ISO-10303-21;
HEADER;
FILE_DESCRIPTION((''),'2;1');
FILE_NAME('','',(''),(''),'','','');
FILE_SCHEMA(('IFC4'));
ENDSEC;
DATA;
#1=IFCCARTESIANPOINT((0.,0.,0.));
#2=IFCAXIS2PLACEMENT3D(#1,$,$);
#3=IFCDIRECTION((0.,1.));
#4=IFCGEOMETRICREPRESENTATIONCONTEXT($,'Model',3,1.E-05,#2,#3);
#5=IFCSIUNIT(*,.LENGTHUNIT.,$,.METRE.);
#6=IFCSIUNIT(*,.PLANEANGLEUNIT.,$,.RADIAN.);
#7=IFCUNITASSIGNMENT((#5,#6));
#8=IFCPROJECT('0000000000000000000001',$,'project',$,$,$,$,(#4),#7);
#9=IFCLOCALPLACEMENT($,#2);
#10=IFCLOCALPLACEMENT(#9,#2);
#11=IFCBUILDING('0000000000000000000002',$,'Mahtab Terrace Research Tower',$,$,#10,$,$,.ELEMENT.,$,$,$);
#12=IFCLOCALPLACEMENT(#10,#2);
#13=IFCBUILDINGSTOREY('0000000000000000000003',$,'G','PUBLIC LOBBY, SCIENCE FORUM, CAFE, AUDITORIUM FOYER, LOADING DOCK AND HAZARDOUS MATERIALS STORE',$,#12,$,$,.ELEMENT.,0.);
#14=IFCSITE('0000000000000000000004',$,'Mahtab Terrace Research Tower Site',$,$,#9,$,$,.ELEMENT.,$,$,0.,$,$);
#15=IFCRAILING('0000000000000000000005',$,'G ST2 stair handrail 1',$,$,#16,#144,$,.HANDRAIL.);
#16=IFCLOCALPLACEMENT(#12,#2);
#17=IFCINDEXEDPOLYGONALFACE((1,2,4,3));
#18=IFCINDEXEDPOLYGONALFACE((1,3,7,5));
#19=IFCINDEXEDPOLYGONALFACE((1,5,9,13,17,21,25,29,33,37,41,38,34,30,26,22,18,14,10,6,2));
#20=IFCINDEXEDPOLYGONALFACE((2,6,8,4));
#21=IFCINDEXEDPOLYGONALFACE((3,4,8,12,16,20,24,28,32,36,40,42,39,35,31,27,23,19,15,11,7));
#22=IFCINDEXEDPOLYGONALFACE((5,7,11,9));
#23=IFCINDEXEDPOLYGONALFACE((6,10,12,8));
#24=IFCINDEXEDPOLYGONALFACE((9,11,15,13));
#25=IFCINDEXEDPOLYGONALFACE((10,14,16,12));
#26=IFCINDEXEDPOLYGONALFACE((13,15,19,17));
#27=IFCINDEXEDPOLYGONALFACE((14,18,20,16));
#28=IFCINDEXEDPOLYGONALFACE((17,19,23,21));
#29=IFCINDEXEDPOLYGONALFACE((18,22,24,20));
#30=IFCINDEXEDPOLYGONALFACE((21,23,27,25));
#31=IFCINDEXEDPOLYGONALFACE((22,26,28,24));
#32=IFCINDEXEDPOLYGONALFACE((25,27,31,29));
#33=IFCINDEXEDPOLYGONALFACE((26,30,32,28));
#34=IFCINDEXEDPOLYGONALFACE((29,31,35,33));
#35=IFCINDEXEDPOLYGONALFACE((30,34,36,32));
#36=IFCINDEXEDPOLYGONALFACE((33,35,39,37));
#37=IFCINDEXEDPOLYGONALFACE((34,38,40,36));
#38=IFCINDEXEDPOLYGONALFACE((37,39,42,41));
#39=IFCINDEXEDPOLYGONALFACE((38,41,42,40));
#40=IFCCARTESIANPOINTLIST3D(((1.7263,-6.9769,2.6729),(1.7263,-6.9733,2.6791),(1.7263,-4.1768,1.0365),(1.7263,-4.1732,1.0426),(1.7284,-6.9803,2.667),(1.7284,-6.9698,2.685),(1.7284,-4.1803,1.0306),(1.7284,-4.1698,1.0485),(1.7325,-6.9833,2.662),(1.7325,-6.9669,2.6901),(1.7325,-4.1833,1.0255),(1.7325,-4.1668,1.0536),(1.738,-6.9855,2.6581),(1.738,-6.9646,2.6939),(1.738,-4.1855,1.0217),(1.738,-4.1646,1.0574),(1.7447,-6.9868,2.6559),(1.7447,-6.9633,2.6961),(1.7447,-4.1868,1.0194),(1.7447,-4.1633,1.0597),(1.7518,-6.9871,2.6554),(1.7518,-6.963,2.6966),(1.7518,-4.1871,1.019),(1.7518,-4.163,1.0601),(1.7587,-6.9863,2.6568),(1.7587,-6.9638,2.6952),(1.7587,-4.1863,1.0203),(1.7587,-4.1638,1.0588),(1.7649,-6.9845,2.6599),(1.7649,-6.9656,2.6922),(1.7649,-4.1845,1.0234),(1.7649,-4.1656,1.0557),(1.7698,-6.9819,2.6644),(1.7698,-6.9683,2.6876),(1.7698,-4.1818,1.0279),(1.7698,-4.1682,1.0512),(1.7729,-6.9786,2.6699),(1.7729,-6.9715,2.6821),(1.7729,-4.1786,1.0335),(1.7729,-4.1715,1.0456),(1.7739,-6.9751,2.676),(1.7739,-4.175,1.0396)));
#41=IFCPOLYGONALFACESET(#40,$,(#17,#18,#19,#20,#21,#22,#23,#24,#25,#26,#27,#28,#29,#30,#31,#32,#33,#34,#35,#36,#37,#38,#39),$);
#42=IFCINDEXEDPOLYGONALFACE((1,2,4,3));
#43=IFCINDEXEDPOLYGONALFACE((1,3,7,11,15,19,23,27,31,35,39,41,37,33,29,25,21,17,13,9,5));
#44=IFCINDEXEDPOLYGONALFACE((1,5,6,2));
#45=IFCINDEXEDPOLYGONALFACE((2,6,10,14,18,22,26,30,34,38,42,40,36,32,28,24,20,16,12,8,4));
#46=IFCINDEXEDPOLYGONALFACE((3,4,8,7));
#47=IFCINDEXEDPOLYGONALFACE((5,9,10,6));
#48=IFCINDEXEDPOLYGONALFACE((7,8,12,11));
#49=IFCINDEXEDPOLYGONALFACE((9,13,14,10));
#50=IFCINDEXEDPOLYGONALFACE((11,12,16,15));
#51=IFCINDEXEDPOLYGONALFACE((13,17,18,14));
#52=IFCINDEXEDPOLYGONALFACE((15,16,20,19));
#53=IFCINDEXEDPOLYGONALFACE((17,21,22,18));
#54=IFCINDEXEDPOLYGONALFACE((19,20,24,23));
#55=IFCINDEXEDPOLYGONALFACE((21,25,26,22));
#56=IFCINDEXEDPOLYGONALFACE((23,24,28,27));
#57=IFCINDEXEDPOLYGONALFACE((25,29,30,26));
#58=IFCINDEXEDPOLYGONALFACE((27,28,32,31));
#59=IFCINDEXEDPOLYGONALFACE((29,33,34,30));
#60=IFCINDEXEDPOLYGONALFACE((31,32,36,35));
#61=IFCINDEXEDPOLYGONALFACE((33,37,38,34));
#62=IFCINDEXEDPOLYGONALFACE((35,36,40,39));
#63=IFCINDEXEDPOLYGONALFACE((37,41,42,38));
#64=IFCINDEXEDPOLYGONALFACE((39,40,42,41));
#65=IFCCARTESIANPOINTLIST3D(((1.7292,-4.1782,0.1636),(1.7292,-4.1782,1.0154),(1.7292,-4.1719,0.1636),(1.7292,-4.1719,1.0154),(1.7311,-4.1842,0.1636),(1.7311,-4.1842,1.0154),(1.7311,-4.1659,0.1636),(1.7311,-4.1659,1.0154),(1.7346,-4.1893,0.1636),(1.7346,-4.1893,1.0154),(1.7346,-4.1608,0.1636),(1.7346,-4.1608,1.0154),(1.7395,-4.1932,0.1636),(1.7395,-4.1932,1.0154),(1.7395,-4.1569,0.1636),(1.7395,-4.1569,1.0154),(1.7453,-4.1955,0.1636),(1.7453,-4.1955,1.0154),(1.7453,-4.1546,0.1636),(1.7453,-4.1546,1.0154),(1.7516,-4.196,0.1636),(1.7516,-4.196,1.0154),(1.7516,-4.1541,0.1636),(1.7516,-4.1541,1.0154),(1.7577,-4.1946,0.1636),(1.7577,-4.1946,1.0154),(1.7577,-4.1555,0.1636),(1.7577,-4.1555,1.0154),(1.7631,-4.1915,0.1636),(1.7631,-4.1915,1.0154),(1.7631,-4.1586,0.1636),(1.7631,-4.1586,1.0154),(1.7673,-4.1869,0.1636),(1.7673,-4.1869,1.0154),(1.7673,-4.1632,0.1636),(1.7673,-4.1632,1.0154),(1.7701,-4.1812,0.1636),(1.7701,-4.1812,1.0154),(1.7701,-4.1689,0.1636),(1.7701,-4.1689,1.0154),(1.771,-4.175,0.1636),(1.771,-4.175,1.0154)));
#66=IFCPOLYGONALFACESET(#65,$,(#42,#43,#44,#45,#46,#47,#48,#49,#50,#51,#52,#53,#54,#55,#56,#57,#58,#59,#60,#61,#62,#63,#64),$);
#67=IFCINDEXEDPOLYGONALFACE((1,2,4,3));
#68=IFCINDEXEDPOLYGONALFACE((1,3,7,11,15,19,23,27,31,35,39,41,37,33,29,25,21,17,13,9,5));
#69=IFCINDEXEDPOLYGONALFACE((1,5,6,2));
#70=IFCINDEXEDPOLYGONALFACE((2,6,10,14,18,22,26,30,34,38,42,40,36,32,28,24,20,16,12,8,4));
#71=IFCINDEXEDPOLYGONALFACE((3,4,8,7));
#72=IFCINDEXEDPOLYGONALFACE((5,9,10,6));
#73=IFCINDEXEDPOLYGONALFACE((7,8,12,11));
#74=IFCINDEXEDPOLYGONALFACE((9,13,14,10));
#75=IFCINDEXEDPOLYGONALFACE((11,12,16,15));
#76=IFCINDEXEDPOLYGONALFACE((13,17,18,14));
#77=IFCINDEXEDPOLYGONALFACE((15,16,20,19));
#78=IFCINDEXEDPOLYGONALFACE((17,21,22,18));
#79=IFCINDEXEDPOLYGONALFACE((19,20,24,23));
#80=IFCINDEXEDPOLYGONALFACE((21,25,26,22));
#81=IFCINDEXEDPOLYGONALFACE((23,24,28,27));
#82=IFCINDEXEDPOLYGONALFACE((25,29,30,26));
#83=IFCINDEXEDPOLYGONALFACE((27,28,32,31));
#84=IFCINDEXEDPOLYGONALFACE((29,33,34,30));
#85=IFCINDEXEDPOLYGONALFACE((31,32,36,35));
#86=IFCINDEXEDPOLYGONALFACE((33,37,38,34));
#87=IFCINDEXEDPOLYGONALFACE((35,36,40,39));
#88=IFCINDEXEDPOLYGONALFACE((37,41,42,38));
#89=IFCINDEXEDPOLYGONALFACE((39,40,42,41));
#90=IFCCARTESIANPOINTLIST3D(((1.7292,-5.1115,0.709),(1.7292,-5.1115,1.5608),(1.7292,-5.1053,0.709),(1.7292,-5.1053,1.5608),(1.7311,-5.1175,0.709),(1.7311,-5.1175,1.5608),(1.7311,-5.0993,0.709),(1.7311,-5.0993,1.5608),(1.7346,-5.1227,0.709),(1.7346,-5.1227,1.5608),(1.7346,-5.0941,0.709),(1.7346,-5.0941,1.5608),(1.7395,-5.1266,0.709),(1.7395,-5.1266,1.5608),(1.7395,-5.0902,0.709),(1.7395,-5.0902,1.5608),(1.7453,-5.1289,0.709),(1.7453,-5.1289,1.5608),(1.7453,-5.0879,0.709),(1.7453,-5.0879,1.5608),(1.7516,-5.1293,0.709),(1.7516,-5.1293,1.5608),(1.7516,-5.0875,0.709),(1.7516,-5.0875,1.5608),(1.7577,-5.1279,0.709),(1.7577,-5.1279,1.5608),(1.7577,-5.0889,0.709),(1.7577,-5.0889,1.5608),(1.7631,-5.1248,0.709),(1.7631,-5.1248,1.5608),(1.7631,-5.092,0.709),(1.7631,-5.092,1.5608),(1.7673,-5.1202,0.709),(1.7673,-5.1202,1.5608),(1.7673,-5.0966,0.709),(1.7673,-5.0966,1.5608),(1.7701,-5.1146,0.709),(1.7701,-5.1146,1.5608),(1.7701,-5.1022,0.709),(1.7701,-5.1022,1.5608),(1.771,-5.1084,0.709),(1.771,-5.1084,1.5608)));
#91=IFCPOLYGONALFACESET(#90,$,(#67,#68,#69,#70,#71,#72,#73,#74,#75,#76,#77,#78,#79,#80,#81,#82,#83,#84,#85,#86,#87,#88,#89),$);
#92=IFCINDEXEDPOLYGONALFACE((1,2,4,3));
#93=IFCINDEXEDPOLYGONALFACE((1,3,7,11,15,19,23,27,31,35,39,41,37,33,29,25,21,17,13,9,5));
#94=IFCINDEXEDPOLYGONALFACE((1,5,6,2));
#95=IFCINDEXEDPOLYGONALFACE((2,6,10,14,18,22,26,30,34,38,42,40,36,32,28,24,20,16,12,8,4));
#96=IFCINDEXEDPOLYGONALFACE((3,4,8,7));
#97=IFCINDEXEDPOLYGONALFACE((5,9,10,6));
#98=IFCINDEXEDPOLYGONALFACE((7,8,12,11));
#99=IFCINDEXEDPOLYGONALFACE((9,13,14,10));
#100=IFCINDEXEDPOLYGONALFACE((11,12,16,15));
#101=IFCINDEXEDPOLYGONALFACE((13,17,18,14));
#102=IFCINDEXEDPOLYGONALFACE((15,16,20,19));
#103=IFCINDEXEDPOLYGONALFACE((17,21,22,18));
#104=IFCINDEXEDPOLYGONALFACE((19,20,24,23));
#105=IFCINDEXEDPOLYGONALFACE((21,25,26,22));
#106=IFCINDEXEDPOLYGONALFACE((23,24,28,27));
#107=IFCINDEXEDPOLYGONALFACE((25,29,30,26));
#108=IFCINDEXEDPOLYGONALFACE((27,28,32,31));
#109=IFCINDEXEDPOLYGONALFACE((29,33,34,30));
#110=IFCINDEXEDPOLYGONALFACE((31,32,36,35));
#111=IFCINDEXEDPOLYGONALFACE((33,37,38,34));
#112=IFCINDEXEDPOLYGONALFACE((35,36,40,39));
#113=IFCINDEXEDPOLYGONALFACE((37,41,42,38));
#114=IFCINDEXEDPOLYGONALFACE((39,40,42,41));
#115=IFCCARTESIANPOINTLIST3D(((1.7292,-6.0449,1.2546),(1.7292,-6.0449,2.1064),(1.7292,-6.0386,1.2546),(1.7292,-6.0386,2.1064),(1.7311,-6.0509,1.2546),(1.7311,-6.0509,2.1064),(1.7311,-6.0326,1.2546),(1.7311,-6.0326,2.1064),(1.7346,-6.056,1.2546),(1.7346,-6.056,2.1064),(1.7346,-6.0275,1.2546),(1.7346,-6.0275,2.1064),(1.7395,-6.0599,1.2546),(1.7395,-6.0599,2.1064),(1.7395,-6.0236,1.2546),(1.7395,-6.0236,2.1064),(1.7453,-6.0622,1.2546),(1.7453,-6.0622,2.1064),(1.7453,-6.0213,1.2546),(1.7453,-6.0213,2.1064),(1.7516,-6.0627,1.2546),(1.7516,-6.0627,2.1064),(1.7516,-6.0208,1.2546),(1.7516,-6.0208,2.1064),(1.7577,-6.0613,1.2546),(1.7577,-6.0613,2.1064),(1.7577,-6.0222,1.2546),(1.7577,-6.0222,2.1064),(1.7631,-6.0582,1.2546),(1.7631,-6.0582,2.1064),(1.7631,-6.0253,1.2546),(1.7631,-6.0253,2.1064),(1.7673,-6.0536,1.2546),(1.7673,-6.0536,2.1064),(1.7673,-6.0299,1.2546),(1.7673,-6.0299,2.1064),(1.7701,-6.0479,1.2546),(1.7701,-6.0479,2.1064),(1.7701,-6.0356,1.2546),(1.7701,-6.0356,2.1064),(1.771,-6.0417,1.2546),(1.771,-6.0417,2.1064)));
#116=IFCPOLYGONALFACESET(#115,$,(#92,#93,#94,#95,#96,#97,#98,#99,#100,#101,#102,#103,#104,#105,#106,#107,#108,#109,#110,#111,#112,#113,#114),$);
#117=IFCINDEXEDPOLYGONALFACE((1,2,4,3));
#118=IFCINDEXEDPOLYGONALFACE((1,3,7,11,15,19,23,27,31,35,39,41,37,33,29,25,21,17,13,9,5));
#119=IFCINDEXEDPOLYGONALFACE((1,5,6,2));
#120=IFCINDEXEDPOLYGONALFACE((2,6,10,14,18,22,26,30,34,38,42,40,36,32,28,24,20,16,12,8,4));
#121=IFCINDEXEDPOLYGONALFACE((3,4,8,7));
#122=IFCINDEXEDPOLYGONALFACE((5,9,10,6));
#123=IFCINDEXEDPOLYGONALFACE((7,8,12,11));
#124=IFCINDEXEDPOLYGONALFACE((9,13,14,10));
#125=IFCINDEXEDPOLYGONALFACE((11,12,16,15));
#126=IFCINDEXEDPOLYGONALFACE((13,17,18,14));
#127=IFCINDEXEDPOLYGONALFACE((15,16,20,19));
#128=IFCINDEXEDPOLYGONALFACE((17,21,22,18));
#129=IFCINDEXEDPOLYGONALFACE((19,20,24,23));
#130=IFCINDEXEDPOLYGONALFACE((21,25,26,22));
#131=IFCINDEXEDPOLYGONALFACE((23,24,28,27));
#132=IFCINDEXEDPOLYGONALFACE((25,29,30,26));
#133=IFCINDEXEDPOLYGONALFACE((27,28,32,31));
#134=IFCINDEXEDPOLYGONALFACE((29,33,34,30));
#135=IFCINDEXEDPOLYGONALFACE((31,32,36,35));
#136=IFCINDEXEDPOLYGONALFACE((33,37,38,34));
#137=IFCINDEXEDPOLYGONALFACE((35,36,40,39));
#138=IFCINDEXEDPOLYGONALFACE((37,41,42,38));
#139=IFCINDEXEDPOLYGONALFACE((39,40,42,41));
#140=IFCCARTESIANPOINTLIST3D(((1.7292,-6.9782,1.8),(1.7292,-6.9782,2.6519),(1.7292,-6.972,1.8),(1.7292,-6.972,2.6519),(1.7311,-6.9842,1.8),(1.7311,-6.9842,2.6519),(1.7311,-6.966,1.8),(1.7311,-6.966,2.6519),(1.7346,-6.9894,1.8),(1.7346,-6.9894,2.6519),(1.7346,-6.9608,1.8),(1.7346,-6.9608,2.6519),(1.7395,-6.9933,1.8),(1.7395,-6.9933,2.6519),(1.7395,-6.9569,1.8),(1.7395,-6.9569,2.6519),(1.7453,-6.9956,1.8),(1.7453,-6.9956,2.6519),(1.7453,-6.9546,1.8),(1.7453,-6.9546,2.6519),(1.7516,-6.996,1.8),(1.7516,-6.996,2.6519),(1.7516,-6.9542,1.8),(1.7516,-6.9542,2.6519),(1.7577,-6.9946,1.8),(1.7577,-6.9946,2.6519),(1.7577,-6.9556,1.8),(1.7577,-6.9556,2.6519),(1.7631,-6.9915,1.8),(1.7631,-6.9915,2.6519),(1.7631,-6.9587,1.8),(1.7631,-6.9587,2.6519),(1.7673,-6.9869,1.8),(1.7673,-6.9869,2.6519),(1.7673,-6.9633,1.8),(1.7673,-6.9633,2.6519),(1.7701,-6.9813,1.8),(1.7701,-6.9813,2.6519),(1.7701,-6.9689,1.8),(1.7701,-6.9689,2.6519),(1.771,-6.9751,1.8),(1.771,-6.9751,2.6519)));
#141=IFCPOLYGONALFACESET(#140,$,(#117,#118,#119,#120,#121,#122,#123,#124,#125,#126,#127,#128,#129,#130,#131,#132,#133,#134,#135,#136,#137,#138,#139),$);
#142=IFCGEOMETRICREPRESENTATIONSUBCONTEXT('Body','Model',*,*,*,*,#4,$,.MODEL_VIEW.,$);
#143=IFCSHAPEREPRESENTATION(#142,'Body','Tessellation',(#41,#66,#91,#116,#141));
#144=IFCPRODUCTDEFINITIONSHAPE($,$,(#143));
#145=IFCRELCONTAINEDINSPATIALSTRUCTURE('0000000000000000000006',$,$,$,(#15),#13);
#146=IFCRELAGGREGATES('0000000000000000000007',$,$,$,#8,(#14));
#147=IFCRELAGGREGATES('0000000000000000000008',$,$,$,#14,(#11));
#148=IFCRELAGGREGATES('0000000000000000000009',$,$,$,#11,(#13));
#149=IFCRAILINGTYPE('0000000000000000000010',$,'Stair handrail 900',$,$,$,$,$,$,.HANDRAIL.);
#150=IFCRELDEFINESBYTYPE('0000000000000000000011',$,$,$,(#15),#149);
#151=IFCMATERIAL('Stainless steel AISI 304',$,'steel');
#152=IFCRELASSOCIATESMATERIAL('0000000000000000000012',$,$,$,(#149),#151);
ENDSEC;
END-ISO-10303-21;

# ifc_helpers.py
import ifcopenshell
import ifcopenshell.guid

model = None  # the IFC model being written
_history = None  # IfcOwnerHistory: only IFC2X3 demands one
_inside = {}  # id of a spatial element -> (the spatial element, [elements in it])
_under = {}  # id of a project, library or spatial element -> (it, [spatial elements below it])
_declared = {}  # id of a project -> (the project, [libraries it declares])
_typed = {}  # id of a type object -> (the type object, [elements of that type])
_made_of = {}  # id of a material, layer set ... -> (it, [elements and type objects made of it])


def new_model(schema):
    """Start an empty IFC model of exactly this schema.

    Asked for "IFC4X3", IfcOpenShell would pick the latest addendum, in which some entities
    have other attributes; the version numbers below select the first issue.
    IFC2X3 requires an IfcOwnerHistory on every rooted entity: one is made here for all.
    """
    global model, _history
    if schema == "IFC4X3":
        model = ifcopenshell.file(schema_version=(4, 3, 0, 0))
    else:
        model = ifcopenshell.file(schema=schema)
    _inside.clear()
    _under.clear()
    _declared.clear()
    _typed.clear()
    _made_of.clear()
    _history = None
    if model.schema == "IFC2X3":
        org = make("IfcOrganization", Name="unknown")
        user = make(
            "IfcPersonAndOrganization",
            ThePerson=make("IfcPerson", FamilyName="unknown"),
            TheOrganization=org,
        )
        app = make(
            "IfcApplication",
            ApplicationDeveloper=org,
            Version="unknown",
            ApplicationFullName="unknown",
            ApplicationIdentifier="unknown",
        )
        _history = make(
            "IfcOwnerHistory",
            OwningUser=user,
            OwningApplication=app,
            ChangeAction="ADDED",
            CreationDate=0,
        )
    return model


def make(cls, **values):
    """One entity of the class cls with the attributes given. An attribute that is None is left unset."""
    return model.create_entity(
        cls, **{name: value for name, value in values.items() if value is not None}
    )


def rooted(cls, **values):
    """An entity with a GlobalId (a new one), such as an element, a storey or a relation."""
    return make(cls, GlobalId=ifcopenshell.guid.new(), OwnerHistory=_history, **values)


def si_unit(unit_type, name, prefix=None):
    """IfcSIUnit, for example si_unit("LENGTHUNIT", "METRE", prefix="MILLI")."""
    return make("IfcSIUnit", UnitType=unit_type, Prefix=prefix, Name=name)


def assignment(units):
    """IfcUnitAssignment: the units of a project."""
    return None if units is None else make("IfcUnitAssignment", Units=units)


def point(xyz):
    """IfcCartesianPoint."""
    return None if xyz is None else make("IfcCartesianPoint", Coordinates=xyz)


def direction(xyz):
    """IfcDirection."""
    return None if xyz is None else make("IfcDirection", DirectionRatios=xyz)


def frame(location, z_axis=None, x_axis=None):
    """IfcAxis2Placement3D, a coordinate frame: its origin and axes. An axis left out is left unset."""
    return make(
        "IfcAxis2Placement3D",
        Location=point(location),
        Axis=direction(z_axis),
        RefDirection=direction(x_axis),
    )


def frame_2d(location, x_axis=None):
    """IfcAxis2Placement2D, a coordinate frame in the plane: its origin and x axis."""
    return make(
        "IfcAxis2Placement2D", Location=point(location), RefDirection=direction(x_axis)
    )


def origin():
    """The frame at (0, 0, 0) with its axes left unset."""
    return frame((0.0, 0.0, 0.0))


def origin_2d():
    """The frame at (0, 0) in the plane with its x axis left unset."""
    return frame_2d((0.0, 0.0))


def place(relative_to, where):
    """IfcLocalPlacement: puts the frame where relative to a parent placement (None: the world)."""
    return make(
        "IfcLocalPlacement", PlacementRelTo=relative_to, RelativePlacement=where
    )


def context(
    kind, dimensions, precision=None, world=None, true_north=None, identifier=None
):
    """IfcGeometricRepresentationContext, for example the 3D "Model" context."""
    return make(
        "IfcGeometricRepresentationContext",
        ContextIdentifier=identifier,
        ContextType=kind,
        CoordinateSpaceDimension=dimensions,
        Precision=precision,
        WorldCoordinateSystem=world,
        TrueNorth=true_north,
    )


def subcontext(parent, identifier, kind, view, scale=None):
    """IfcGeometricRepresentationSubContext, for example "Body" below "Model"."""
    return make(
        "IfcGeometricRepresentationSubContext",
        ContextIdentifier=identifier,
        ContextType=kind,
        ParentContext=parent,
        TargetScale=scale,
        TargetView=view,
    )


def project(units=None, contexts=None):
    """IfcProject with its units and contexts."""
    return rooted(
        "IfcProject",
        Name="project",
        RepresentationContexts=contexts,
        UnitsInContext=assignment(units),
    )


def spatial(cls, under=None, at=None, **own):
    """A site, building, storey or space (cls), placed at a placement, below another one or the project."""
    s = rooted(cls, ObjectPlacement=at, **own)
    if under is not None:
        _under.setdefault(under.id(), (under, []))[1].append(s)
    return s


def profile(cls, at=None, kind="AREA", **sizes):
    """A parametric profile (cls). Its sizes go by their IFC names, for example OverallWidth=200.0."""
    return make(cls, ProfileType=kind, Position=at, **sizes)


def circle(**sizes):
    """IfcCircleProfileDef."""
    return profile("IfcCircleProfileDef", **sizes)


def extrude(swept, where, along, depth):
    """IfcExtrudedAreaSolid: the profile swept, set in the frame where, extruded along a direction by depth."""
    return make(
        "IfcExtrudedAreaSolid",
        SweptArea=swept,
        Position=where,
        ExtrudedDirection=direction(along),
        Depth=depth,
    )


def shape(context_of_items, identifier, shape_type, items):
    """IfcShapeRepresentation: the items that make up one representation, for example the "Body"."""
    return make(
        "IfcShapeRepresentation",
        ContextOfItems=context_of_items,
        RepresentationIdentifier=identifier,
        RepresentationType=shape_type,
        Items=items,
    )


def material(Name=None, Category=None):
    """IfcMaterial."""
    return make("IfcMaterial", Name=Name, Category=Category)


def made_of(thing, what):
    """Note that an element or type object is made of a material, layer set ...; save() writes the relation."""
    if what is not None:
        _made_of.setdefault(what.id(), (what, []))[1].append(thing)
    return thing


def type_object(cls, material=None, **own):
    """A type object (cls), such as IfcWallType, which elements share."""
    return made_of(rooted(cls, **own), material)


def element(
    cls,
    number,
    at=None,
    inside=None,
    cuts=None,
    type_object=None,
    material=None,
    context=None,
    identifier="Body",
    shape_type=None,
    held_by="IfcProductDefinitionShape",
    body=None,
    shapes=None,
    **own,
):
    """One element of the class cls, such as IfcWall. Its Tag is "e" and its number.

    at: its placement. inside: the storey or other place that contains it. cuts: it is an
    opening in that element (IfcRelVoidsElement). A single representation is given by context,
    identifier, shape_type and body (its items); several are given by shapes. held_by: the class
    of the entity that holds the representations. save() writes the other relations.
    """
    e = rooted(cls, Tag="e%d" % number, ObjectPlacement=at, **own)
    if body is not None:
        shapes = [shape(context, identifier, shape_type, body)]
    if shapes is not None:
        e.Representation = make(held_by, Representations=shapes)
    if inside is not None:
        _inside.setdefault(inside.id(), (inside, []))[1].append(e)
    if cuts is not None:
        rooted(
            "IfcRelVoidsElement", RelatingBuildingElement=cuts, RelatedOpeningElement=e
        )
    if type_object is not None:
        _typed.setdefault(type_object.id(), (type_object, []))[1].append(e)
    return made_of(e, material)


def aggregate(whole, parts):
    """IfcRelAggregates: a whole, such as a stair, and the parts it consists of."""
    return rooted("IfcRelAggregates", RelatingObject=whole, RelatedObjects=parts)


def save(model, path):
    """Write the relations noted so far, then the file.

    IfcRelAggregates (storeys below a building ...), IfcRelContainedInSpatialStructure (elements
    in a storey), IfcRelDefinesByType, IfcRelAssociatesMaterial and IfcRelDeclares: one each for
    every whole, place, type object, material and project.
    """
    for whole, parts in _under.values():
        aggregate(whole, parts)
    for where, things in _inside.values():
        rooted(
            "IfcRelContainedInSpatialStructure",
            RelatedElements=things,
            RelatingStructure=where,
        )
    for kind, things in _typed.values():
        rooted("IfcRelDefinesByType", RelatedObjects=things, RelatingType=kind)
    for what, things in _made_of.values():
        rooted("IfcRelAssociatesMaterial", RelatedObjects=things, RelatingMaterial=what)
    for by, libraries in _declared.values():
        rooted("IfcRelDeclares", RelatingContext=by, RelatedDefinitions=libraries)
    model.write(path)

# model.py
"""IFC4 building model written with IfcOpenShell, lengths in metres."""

from ifc_helpers import new_model, si_unit, direction, frame, origin, origin_2d, place, context, subcontext, project, spatial, circle, extrude, material, type_object, element, save


model = new_model("IFC4")

# Units and contexts
model_context = context("Model", 3, precision=1e-05, world=origin(), true_north=direction((0.0, 1.0)))
body_context = subcontext(model_context, "Body", "Model", "MODEL_VIEW")
ifc_project = project(units=[si_unit("LENGTHUNIT", "METRE"), si_unit("PLANEANGLEUNIT", "RADIAN")], contexts=[model_context])

# Site, building, storey
site_placement = place(None, origin())
site = spatial("IfcSite", under=ifc_project, at=site_placement, Name="Mahtab Terrace Research Tower Site", CompositionType="ELEMENT", RefElevation=0.0)
building_placement = place(site_placement, origin())
building = spatial("IfcBuilding", under=site, at=building_placement, Name="Mahtab Terrace Research Tower", CompositionType="ELEMENT")
storey_placement = place(building_placement, origin())
storey = spatial("IfcBuildingStorey", under=building, at=storey_placement, Name="G", Description="PUBLIC LOBBY, SCIENCE FORUM, CAFE, AUDITORIUM FOYER, LOADING DOCK AND HAZARDOUS MATERIALS STORE", CompositionType="ELEMENT", Elevation=0.0)

# Railing
ifc_material_1 = material(Name="Stainless steel AISI 304", Category="steel")
railing_type_1 = type_object("IfcRailingType", Name="Stair handrail 900", PredefinedType="HANDRAIL", material=ifc_material_1)
railing_1_placement = place(storey_placement, frame((1.75, -4.175, 0.1636)))
element("IfcRailing", 1, at=railing_1_placement, inside=storey, type_object=railing_type_1, Name="G ST2 stair handrail 1", PredefinedType="HANDRAIL", context=body_context, shape_type="SweptSolid", body=[
    extrude(circle(Radius=0.0239, at=origin_2d()), frame((0.0, 0.0, 0.876), z_axis=(0.0, -0.863361, 0.504587), x_axis=(1.0, 0.0, 0.0)), (0.0, 0.0, 1.0), 3.2432),
    extrude(circle(Radius=0.021, at=origin_2d()), origin(), (0.0, 0.0, 1.0), 0.8518),
    extrude(circle(Radius=0.021, at=origin_2d()), frame((0.0, -0.9333, 0.5454)), (0.0, 0.0, 1.0), 0.8518),
    extrude(circle(Radius=0.021, at=origin_2d()), frame((0.0, -1.8667, 1.0911)), (0.0, 0.0, 1.0), 0.8518),
    extrude(circle(Radius=0.021, at=origin_2d()), frame((0.0, -2.8, 1.6365)), (0.0, 0.0, 1.0), 0.8518),
])

save(model, "model.ifc")
